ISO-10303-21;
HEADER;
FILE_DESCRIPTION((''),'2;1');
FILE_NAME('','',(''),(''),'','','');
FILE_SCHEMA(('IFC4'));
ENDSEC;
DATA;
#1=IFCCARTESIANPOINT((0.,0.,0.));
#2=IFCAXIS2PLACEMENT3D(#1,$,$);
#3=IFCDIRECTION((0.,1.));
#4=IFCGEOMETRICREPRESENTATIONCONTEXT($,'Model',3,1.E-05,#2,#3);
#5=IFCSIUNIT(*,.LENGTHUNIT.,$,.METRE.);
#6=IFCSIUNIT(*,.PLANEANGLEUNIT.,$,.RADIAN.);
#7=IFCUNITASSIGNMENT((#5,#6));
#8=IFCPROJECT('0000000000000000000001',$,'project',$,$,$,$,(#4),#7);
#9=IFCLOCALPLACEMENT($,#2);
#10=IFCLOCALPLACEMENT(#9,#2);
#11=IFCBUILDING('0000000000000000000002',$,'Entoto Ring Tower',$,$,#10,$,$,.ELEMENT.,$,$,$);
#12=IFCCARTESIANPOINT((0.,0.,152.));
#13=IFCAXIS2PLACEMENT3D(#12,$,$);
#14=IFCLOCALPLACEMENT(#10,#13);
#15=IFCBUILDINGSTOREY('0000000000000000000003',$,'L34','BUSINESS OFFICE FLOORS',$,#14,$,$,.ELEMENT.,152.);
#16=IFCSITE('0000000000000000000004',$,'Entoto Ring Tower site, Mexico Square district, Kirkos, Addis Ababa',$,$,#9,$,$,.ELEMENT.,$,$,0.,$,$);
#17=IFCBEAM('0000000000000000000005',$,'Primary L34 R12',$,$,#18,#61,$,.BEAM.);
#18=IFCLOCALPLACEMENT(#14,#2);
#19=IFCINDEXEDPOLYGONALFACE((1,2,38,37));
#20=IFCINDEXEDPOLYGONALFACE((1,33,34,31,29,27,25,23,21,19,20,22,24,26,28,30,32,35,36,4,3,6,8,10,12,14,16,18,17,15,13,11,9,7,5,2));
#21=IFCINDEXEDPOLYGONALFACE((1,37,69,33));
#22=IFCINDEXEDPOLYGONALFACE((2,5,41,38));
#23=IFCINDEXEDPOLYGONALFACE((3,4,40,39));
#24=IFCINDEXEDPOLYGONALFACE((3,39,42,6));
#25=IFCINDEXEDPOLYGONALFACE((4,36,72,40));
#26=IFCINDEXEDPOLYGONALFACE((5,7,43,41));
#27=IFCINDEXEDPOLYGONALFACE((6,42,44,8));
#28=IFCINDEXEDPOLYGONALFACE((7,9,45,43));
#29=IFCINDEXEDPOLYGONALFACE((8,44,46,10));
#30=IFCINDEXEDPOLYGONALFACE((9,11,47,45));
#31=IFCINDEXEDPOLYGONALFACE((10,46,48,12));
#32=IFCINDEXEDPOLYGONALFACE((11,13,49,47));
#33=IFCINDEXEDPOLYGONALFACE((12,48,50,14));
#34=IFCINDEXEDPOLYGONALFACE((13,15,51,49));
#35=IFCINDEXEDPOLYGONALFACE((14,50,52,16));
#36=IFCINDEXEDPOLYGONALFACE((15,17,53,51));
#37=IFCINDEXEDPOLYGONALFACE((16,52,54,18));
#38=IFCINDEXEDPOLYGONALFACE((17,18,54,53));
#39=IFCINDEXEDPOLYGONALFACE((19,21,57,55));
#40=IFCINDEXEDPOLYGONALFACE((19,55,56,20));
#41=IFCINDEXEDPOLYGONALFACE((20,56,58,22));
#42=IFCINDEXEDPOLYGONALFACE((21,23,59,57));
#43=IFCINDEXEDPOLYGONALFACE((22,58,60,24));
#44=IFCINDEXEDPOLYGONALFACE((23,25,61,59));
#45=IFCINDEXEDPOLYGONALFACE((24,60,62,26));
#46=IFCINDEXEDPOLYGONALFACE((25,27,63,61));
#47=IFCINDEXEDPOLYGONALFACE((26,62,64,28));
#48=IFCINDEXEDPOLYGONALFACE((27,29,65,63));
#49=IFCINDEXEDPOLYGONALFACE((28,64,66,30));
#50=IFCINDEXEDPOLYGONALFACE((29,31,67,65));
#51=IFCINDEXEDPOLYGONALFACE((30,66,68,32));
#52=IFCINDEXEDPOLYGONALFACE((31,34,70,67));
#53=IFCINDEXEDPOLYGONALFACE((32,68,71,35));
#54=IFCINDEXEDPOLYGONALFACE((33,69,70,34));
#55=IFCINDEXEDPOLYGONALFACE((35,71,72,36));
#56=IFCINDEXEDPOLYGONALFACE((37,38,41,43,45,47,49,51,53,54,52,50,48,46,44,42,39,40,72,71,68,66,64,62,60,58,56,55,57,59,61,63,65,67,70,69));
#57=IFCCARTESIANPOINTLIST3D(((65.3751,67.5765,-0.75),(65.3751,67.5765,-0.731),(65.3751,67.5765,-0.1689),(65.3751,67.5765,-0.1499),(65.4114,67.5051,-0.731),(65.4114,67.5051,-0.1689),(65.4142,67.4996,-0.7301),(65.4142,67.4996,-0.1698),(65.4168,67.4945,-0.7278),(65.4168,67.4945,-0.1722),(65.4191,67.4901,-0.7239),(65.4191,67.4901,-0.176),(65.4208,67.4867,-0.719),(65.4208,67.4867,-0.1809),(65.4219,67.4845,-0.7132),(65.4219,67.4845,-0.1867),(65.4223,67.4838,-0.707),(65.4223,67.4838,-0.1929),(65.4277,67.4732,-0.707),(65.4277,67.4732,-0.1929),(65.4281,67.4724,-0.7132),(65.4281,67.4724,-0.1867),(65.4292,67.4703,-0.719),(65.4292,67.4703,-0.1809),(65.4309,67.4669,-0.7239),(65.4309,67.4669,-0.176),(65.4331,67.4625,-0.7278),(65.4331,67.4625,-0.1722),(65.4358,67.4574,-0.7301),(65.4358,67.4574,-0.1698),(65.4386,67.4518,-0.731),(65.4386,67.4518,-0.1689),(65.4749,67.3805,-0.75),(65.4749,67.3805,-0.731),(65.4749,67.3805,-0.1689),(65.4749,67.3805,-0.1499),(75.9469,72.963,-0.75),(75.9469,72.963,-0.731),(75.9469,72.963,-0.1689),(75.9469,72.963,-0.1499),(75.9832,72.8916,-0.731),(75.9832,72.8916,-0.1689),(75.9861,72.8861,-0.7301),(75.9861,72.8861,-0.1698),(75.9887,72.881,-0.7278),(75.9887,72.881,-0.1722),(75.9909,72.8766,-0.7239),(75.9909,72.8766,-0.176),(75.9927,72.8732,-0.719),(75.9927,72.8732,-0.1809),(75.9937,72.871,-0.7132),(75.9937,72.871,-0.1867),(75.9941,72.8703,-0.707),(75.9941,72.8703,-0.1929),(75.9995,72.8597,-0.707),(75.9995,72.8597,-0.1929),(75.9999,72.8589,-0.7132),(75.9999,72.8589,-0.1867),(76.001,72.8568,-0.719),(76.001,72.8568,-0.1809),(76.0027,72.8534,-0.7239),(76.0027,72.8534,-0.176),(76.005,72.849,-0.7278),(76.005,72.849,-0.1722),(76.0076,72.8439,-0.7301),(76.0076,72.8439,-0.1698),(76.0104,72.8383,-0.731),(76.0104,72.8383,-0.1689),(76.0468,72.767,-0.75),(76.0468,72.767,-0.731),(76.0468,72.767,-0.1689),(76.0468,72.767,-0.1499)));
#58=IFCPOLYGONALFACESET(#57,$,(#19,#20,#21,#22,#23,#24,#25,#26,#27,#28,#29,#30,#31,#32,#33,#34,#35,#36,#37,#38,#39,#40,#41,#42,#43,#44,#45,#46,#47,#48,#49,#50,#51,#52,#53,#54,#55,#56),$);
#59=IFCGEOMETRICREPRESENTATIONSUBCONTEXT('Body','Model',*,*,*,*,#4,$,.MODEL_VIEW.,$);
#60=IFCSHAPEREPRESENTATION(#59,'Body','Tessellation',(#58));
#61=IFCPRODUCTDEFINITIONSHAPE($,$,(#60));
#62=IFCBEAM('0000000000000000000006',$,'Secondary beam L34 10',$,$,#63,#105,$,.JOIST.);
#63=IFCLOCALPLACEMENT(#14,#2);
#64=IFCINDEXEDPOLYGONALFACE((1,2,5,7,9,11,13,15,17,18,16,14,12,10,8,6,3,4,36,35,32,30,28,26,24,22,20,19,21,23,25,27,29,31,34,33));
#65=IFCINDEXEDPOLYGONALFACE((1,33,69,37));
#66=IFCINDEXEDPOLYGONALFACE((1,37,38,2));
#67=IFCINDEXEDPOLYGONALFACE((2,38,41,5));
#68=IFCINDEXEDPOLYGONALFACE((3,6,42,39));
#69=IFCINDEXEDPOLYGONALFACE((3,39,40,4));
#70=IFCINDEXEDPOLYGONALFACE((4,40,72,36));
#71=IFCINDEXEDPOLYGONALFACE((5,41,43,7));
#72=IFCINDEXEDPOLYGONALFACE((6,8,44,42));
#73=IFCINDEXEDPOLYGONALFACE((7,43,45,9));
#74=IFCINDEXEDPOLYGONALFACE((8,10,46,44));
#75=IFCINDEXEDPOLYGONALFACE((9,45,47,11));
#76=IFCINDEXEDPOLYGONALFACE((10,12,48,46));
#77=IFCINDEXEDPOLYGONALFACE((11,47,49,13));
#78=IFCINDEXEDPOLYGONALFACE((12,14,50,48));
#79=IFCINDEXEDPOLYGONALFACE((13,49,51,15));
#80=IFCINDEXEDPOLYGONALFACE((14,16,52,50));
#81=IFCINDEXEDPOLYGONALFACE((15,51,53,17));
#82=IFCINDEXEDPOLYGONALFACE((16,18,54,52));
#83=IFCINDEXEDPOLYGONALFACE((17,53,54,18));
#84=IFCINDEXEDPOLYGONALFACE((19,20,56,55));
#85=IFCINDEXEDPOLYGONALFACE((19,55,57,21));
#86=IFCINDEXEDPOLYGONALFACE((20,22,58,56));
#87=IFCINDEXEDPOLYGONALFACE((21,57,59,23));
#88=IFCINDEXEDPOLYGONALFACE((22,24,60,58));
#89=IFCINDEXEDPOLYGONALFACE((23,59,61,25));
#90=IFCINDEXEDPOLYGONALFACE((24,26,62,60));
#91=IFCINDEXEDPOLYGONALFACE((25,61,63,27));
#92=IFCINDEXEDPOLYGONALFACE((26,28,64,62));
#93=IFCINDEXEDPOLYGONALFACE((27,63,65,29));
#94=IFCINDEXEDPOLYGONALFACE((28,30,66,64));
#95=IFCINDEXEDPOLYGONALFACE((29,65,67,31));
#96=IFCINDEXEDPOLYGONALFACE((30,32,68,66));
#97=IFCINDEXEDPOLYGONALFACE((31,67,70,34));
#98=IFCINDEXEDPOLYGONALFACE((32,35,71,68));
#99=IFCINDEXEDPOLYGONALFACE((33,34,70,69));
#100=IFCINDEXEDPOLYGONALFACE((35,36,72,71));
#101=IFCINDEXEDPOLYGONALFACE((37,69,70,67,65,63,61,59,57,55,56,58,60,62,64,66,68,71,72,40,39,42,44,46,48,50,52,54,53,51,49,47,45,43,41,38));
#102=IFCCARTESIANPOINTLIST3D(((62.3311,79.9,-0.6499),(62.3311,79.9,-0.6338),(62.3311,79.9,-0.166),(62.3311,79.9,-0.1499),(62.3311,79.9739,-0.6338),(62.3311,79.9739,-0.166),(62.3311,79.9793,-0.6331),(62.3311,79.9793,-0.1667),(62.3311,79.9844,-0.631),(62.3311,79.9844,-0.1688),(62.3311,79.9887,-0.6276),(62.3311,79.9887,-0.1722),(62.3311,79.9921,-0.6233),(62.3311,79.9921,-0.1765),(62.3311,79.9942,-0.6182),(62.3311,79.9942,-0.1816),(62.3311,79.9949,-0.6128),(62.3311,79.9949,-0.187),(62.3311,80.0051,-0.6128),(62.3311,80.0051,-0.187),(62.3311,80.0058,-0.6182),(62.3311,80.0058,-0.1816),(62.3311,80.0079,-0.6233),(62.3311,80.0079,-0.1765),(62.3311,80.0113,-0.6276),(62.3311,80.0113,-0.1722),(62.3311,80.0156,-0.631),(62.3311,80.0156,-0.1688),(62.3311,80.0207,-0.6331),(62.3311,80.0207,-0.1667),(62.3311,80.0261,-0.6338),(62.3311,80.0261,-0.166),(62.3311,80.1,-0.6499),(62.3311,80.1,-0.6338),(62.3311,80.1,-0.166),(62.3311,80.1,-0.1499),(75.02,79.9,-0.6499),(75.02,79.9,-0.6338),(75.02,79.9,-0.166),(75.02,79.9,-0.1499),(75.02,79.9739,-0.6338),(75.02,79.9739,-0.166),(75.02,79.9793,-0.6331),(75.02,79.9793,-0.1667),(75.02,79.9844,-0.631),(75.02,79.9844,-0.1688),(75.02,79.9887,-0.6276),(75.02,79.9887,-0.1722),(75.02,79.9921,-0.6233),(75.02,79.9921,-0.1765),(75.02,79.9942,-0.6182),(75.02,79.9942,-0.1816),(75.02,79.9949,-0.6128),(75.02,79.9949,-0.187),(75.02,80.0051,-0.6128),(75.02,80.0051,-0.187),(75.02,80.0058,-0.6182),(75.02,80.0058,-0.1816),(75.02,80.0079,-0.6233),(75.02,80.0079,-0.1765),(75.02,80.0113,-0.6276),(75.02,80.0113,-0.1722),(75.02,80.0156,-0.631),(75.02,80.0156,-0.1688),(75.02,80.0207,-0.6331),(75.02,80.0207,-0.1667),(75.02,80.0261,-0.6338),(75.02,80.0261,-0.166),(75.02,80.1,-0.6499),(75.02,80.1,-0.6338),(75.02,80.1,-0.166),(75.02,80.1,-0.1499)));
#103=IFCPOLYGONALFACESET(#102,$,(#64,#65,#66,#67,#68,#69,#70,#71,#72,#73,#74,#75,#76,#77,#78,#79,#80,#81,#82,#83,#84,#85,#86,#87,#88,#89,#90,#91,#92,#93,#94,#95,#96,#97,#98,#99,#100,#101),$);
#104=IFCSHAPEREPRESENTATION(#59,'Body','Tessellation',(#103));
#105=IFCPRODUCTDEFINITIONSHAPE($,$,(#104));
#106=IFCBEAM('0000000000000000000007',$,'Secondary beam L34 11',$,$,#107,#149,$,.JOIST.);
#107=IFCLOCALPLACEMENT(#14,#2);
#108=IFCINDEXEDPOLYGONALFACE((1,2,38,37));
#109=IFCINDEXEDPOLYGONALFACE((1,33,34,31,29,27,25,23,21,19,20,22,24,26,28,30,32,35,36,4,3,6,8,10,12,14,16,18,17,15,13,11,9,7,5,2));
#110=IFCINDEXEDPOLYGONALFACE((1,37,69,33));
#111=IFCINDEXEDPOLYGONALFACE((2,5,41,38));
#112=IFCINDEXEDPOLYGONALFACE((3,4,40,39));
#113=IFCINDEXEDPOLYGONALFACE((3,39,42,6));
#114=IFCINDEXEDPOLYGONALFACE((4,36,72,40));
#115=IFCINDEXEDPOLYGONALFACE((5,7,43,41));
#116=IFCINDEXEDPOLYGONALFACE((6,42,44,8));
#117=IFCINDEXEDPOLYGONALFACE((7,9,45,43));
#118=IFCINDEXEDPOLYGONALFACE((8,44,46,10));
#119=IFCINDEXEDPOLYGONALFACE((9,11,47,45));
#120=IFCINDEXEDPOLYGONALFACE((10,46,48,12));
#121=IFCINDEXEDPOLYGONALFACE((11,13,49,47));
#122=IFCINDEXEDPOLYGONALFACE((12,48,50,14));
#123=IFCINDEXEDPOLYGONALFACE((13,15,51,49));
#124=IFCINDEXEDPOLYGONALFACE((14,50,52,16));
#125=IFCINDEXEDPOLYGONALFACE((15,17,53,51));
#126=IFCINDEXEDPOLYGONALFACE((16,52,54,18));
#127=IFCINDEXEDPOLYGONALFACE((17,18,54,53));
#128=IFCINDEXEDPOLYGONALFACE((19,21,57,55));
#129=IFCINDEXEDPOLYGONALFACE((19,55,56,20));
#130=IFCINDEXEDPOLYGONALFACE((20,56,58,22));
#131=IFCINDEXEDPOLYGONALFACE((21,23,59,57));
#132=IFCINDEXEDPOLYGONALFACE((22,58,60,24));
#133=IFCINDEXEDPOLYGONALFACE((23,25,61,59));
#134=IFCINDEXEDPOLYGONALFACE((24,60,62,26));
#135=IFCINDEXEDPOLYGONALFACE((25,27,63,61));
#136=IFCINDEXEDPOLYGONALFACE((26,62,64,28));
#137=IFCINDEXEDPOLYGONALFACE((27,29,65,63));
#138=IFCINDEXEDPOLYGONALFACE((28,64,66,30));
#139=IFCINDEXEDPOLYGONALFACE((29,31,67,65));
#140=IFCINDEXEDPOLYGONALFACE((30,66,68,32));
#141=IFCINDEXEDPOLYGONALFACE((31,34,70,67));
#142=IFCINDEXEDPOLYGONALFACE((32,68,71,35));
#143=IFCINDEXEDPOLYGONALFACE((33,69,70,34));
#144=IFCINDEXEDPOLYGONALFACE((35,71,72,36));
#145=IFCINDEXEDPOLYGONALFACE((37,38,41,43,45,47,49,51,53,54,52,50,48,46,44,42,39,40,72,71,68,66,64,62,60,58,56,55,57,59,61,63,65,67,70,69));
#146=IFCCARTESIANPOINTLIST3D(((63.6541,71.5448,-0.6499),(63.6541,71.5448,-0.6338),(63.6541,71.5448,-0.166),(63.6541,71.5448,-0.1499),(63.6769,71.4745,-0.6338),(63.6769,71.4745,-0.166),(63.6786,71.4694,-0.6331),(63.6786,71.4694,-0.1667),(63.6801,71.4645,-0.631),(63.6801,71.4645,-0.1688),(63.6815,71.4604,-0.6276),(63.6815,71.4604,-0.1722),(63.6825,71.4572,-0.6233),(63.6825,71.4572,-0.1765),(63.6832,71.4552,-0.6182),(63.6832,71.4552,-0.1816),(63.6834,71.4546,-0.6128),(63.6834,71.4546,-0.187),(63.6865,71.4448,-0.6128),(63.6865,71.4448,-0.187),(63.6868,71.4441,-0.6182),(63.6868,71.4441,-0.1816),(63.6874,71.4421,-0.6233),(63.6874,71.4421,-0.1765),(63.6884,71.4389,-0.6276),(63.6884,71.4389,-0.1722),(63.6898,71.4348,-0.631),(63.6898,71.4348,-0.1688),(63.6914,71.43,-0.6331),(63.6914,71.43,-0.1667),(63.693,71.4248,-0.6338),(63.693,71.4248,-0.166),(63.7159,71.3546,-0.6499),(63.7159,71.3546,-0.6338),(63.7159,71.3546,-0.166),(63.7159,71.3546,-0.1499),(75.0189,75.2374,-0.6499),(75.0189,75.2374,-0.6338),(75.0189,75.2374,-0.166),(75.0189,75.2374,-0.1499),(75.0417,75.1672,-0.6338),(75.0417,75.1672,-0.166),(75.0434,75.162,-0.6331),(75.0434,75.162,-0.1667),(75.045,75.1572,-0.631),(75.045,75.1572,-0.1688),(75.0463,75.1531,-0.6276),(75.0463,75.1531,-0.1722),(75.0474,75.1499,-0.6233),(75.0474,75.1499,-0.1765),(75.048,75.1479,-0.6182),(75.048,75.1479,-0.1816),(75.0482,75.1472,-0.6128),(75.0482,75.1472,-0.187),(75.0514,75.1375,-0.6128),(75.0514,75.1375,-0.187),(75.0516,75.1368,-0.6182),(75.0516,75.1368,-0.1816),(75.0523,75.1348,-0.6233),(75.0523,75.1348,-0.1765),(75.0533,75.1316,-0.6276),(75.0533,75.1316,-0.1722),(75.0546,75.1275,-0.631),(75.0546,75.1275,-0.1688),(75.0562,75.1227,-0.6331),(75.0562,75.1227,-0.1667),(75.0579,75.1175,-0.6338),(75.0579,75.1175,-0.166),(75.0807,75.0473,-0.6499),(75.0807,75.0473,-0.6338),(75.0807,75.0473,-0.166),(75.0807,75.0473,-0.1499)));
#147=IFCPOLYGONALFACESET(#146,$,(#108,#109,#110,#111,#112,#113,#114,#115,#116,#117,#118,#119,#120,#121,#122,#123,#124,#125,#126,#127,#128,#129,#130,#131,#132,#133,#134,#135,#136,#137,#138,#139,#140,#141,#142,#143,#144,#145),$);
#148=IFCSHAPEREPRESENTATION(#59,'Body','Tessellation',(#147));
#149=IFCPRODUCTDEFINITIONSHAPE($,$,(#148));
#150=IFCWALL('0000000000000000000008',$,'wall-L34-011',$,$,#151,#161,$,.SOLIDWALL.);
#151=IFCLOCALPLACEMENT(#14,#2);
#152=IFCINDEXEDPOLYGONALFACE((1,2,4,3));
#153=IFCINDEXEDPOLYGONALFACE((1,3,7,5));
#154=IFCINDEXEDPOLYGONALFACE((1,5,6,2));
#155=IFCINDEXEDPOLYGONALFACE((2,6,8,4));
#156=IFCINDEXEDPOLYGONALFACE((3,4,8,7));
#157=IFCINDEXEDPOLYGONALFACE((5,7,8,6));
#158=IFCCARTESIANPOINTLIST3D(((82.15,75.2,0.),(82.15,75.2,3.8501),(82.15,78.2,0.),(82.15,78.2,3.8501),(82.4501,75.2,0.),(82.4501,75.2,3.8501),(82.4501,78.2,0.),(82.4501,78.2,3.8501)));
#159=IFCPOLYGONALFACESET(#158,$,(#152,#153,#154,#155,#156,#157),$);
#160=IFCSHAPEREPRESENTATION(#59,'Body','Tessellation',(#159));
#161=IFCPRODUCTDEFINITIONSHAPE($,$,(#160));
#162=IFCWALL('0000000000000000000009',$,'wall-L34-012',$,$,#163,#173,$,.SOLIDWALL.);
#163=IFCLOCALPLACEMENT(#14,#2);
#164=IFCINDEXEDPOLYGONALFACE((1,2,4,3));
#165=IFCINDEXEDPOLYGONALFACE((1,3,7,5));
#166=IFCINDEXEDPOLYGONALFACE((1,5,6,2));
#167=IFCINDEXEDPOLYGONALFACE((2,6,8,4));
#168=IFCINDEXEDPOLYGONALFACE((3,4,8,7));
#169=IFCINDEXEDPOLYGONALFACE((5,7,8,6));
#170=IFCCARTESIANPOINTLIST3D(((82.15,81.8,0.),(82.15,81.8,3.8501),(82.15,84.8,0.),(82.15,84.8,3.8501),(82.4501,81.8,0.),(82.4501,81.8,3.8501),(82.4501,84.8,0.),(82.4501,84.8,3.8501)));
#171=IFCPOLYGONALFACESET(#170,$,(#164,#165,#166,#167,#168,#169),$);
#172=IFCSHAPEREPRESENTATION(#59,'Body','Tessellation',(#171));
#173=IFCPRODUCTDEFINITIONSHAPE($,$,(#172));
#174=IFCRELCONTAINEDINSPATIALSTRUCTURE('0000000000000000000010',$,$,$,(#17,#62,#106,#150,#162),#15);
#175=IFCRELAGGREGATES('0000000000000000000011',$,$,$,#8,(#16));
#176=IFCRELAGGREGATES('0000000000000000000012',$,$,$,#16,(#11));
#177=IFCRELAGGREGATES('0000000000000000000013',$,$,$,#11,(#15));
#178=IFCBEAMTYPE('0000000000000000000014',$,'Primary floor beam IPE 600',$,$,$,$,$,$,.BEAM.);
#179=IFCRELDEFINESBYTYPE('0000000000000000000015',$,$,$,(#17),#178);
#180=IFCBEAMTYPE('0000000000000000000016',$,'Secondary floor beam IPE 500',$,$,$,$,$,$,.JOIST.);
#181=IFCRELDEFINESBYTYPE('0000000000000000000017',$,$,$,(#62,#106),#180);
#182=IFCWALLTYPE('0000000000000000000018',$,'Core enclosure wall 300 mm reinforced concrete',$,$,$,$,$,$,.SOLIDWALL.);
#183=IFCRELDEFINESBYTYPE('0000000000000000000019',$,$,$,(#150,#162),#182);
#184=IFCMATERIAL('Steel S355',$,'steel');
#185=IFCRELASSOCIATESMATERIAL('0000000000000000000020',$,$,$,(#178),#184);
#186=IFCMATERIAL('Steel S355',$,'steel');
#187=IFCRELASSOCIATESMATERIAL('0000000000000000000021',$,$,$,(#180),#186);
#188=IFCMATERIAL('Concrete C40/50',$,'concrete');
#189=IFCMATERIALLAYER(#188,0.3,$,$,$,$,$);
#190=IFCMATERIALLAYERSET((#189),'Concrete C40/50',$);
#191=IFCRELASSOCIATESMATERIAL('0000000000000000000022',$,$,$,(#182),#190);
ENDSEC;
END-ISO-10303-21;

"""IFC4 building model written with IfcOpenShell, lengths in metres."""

from ifc_helpers import new_model, si_unit, direction, frame, frame_2d, origin, origin_2d, place, context, subcontext, project, spatial, rectangle, i_section, extrude, material, layer, layer_set, material_profile, profile_set, type_object, element, save


model = new_model("IFC4")

# Units and contexts
model_context = context("Model", 3, precision=1e-05, world=origin(), true_north=direction((0.0, 1.0)))
body_context = subcontext(model_context, "Body", "Model", "MODEL_VIEW")
ifc_project = project(units=[si_unit("LENGTHUNIT", "METRE"), si_unit("PLANEANGLEUNIT", "RADIAN")], contexts=[model_context])

# Site, building, storey
site_placement = place(None, origin())
site = spatial("IfcSite", under=ifc_project, at=site_placement, Name="Entoto Ring Tower site, Mexico Square district, Kirkos, Addis Ababa", CompositionType="ELEMENT", RefElevation=0.0)
building_placement = place(site_placement, origin())
building = spatial("IfcBuilding", under=site, at=building_placement, Name="Entoto Ring Tower", CompositionType="ELEMENT")
storey_placement = place(building_placement, frame((0.0, 0.0, 152.0)))
storey = spatial("IfcBuildingStorey", under=building, at=storey_placement, Name="L34", Description="BUSINESS OFFICE FLOORS", CompositionType="ELEMENT", Elevation=152.0)

# Beams
ifc_material_1 = material(Name="Steel S355", Category="steel")
ifc_material_profile_1 = material_profile(ifc_material_1, i_section(OverallWidth=0.22, OverallDepth=0.6001, WebThickness=0.012, FlangeThickness=0.019, FilletRadius=0.0239, at=origin_2d()), Name="IPE 600")
ifc_profile_set_1 = profile_set([ifc_material_profile_1], Name="Steel S355")
beam_type_1 = type_object("IfcBeamType", Name="Primary floor beam IPE 600", PredefinedType="BEAM", material=ifc_profile_set_1)
beam_1_placement = place(storey_placement, frame((75.9968, 72.865, -0.45), z_axis=(-0.89101, -0.453983, 0.0), x_axis=(0.453983, -0.89101, 0.0)))
element("IfcBeam", 1, at=beam_1_placement, inside=storey, type_object=beam_type_1, Name="Primary L34 R12", PredefinedType="BEAM", context=body_context, shape_type="SweptSolid", body=[
    extrude(i_section(OverallWidth=0.22, OverallDepth=0.6001, WebThickness=0.012, FlangeThickness=0.019, FilletRadius=0.0239, at=origin_2d()), origin(), (0.0, 0.0, 1.0), 11.865),
])
ifc_material_2 = material(Name="Steel S355", Category="steel")
ifc_material_profile_2 = material_profile(ifc_material_2, i_section(OverallWidth=0.2, OverallDepth=0.5, WebThickness=0.0103, FlangeThickness=0.0161, FilletRadius=0.021, at=origin_2d()), Name="IPE 500")
ifc_profile_set_2 = profile_set([ifc_material_profile_2], Name="Steel S355")
beam_type_2 = type_object("IfcBeamType", Name="Secondary floor beam IPE 500", PredefinedType="JOIST", material=ifc_profile_set_2)
beam_2_placement = place(storey_placement, frame((75.02, 80.0, -0.3999), z_axis=(-1.0, 0.0, 0.0), x_axis=(0.0, -1.0, 0.0)))
element("IfcBeam", 2, at=beam_2_placement, inside=storey, type_object=beam_type_2, Name="Secondary beam L34 10", PredefinedType="JOIST", context=body_context, shape_type="SweptSolid", body=[
    extrude(i_section(OverallWidth=0.2, OverallDepth=0.5, WebThickness=0.0103, FlangeThickness=0.0161, FilletRadius=0.021, at=origin_2d()), origin(), (0.0, 0.0, 1.0), 12.689),
])
beam_3_placement = place(storey_placement, frame((75.0498, 75.1423, -0.3999), z_axis=(-0.951057, -0.309017, 0.0), x_axis=(0.309017, -0.951057, 0.0)))
element("IfcBeam", 3, at=beam_3_placement, inside=storey, type_object=beam_type_2, Name="Secondary beam L34 11", PredefinedType="JOIST", context=body_context, shape_type="SweptSolid", body=[
    extrude(i_section(OverallWidth=0.2, OverallDepth=0.5, WebThickness=0.0103, FlangeThickness=0.0161, FilletRadius=0.021, at=origin_2d()), origin(), (0.0, 0.0, 1.0), 11.9497),
])

# Walls
ifc_material_3 = material(Name="Concrete C40/50", Category="concrete")
ifc_layer_1 = layer(ifc_material_3, 0.3)
ifc_layer_set_1 = layer_set([ifc_layer_1], Name="Concrete C40/50")
wall_type_1 = type_object("IfcWallType", Name="Core enclosure wall 300 mm reinforced concrete", PredefinedType="SOLIDWALL", material=ifc_layer_set_1)
for number, where, z_axis, x_axis, name in (
    (4, (82.3, 75.2, 0.0), (0.0, 0.0, 1.0), (0.0, 1.0, 0.0), "wall-L34-011"),
    (5, (82.3, 81.8, 0.0), (0.0, 0.0, 1.0), (0.0, 1.0, 0.0), "wall-L34-012"),
):
    element("IfcWall", number, at=place(storey_placement, frame(where, z_axis=z_axis, x_axis=x_axis)), inside=storey, type_object=wall_type_1, Name=name, PredefinedType="SOLIDWALL", context=body_context, shape_type="SweptSolid", body=[
        extrude(rectangle(XDim=3.0, YDim=0.3, at=frame_2d((1.5, 0.0))), origin(), (0.0, 0.0, 1.0), 3.8501),
    ])

save(model, "model.ifc")
